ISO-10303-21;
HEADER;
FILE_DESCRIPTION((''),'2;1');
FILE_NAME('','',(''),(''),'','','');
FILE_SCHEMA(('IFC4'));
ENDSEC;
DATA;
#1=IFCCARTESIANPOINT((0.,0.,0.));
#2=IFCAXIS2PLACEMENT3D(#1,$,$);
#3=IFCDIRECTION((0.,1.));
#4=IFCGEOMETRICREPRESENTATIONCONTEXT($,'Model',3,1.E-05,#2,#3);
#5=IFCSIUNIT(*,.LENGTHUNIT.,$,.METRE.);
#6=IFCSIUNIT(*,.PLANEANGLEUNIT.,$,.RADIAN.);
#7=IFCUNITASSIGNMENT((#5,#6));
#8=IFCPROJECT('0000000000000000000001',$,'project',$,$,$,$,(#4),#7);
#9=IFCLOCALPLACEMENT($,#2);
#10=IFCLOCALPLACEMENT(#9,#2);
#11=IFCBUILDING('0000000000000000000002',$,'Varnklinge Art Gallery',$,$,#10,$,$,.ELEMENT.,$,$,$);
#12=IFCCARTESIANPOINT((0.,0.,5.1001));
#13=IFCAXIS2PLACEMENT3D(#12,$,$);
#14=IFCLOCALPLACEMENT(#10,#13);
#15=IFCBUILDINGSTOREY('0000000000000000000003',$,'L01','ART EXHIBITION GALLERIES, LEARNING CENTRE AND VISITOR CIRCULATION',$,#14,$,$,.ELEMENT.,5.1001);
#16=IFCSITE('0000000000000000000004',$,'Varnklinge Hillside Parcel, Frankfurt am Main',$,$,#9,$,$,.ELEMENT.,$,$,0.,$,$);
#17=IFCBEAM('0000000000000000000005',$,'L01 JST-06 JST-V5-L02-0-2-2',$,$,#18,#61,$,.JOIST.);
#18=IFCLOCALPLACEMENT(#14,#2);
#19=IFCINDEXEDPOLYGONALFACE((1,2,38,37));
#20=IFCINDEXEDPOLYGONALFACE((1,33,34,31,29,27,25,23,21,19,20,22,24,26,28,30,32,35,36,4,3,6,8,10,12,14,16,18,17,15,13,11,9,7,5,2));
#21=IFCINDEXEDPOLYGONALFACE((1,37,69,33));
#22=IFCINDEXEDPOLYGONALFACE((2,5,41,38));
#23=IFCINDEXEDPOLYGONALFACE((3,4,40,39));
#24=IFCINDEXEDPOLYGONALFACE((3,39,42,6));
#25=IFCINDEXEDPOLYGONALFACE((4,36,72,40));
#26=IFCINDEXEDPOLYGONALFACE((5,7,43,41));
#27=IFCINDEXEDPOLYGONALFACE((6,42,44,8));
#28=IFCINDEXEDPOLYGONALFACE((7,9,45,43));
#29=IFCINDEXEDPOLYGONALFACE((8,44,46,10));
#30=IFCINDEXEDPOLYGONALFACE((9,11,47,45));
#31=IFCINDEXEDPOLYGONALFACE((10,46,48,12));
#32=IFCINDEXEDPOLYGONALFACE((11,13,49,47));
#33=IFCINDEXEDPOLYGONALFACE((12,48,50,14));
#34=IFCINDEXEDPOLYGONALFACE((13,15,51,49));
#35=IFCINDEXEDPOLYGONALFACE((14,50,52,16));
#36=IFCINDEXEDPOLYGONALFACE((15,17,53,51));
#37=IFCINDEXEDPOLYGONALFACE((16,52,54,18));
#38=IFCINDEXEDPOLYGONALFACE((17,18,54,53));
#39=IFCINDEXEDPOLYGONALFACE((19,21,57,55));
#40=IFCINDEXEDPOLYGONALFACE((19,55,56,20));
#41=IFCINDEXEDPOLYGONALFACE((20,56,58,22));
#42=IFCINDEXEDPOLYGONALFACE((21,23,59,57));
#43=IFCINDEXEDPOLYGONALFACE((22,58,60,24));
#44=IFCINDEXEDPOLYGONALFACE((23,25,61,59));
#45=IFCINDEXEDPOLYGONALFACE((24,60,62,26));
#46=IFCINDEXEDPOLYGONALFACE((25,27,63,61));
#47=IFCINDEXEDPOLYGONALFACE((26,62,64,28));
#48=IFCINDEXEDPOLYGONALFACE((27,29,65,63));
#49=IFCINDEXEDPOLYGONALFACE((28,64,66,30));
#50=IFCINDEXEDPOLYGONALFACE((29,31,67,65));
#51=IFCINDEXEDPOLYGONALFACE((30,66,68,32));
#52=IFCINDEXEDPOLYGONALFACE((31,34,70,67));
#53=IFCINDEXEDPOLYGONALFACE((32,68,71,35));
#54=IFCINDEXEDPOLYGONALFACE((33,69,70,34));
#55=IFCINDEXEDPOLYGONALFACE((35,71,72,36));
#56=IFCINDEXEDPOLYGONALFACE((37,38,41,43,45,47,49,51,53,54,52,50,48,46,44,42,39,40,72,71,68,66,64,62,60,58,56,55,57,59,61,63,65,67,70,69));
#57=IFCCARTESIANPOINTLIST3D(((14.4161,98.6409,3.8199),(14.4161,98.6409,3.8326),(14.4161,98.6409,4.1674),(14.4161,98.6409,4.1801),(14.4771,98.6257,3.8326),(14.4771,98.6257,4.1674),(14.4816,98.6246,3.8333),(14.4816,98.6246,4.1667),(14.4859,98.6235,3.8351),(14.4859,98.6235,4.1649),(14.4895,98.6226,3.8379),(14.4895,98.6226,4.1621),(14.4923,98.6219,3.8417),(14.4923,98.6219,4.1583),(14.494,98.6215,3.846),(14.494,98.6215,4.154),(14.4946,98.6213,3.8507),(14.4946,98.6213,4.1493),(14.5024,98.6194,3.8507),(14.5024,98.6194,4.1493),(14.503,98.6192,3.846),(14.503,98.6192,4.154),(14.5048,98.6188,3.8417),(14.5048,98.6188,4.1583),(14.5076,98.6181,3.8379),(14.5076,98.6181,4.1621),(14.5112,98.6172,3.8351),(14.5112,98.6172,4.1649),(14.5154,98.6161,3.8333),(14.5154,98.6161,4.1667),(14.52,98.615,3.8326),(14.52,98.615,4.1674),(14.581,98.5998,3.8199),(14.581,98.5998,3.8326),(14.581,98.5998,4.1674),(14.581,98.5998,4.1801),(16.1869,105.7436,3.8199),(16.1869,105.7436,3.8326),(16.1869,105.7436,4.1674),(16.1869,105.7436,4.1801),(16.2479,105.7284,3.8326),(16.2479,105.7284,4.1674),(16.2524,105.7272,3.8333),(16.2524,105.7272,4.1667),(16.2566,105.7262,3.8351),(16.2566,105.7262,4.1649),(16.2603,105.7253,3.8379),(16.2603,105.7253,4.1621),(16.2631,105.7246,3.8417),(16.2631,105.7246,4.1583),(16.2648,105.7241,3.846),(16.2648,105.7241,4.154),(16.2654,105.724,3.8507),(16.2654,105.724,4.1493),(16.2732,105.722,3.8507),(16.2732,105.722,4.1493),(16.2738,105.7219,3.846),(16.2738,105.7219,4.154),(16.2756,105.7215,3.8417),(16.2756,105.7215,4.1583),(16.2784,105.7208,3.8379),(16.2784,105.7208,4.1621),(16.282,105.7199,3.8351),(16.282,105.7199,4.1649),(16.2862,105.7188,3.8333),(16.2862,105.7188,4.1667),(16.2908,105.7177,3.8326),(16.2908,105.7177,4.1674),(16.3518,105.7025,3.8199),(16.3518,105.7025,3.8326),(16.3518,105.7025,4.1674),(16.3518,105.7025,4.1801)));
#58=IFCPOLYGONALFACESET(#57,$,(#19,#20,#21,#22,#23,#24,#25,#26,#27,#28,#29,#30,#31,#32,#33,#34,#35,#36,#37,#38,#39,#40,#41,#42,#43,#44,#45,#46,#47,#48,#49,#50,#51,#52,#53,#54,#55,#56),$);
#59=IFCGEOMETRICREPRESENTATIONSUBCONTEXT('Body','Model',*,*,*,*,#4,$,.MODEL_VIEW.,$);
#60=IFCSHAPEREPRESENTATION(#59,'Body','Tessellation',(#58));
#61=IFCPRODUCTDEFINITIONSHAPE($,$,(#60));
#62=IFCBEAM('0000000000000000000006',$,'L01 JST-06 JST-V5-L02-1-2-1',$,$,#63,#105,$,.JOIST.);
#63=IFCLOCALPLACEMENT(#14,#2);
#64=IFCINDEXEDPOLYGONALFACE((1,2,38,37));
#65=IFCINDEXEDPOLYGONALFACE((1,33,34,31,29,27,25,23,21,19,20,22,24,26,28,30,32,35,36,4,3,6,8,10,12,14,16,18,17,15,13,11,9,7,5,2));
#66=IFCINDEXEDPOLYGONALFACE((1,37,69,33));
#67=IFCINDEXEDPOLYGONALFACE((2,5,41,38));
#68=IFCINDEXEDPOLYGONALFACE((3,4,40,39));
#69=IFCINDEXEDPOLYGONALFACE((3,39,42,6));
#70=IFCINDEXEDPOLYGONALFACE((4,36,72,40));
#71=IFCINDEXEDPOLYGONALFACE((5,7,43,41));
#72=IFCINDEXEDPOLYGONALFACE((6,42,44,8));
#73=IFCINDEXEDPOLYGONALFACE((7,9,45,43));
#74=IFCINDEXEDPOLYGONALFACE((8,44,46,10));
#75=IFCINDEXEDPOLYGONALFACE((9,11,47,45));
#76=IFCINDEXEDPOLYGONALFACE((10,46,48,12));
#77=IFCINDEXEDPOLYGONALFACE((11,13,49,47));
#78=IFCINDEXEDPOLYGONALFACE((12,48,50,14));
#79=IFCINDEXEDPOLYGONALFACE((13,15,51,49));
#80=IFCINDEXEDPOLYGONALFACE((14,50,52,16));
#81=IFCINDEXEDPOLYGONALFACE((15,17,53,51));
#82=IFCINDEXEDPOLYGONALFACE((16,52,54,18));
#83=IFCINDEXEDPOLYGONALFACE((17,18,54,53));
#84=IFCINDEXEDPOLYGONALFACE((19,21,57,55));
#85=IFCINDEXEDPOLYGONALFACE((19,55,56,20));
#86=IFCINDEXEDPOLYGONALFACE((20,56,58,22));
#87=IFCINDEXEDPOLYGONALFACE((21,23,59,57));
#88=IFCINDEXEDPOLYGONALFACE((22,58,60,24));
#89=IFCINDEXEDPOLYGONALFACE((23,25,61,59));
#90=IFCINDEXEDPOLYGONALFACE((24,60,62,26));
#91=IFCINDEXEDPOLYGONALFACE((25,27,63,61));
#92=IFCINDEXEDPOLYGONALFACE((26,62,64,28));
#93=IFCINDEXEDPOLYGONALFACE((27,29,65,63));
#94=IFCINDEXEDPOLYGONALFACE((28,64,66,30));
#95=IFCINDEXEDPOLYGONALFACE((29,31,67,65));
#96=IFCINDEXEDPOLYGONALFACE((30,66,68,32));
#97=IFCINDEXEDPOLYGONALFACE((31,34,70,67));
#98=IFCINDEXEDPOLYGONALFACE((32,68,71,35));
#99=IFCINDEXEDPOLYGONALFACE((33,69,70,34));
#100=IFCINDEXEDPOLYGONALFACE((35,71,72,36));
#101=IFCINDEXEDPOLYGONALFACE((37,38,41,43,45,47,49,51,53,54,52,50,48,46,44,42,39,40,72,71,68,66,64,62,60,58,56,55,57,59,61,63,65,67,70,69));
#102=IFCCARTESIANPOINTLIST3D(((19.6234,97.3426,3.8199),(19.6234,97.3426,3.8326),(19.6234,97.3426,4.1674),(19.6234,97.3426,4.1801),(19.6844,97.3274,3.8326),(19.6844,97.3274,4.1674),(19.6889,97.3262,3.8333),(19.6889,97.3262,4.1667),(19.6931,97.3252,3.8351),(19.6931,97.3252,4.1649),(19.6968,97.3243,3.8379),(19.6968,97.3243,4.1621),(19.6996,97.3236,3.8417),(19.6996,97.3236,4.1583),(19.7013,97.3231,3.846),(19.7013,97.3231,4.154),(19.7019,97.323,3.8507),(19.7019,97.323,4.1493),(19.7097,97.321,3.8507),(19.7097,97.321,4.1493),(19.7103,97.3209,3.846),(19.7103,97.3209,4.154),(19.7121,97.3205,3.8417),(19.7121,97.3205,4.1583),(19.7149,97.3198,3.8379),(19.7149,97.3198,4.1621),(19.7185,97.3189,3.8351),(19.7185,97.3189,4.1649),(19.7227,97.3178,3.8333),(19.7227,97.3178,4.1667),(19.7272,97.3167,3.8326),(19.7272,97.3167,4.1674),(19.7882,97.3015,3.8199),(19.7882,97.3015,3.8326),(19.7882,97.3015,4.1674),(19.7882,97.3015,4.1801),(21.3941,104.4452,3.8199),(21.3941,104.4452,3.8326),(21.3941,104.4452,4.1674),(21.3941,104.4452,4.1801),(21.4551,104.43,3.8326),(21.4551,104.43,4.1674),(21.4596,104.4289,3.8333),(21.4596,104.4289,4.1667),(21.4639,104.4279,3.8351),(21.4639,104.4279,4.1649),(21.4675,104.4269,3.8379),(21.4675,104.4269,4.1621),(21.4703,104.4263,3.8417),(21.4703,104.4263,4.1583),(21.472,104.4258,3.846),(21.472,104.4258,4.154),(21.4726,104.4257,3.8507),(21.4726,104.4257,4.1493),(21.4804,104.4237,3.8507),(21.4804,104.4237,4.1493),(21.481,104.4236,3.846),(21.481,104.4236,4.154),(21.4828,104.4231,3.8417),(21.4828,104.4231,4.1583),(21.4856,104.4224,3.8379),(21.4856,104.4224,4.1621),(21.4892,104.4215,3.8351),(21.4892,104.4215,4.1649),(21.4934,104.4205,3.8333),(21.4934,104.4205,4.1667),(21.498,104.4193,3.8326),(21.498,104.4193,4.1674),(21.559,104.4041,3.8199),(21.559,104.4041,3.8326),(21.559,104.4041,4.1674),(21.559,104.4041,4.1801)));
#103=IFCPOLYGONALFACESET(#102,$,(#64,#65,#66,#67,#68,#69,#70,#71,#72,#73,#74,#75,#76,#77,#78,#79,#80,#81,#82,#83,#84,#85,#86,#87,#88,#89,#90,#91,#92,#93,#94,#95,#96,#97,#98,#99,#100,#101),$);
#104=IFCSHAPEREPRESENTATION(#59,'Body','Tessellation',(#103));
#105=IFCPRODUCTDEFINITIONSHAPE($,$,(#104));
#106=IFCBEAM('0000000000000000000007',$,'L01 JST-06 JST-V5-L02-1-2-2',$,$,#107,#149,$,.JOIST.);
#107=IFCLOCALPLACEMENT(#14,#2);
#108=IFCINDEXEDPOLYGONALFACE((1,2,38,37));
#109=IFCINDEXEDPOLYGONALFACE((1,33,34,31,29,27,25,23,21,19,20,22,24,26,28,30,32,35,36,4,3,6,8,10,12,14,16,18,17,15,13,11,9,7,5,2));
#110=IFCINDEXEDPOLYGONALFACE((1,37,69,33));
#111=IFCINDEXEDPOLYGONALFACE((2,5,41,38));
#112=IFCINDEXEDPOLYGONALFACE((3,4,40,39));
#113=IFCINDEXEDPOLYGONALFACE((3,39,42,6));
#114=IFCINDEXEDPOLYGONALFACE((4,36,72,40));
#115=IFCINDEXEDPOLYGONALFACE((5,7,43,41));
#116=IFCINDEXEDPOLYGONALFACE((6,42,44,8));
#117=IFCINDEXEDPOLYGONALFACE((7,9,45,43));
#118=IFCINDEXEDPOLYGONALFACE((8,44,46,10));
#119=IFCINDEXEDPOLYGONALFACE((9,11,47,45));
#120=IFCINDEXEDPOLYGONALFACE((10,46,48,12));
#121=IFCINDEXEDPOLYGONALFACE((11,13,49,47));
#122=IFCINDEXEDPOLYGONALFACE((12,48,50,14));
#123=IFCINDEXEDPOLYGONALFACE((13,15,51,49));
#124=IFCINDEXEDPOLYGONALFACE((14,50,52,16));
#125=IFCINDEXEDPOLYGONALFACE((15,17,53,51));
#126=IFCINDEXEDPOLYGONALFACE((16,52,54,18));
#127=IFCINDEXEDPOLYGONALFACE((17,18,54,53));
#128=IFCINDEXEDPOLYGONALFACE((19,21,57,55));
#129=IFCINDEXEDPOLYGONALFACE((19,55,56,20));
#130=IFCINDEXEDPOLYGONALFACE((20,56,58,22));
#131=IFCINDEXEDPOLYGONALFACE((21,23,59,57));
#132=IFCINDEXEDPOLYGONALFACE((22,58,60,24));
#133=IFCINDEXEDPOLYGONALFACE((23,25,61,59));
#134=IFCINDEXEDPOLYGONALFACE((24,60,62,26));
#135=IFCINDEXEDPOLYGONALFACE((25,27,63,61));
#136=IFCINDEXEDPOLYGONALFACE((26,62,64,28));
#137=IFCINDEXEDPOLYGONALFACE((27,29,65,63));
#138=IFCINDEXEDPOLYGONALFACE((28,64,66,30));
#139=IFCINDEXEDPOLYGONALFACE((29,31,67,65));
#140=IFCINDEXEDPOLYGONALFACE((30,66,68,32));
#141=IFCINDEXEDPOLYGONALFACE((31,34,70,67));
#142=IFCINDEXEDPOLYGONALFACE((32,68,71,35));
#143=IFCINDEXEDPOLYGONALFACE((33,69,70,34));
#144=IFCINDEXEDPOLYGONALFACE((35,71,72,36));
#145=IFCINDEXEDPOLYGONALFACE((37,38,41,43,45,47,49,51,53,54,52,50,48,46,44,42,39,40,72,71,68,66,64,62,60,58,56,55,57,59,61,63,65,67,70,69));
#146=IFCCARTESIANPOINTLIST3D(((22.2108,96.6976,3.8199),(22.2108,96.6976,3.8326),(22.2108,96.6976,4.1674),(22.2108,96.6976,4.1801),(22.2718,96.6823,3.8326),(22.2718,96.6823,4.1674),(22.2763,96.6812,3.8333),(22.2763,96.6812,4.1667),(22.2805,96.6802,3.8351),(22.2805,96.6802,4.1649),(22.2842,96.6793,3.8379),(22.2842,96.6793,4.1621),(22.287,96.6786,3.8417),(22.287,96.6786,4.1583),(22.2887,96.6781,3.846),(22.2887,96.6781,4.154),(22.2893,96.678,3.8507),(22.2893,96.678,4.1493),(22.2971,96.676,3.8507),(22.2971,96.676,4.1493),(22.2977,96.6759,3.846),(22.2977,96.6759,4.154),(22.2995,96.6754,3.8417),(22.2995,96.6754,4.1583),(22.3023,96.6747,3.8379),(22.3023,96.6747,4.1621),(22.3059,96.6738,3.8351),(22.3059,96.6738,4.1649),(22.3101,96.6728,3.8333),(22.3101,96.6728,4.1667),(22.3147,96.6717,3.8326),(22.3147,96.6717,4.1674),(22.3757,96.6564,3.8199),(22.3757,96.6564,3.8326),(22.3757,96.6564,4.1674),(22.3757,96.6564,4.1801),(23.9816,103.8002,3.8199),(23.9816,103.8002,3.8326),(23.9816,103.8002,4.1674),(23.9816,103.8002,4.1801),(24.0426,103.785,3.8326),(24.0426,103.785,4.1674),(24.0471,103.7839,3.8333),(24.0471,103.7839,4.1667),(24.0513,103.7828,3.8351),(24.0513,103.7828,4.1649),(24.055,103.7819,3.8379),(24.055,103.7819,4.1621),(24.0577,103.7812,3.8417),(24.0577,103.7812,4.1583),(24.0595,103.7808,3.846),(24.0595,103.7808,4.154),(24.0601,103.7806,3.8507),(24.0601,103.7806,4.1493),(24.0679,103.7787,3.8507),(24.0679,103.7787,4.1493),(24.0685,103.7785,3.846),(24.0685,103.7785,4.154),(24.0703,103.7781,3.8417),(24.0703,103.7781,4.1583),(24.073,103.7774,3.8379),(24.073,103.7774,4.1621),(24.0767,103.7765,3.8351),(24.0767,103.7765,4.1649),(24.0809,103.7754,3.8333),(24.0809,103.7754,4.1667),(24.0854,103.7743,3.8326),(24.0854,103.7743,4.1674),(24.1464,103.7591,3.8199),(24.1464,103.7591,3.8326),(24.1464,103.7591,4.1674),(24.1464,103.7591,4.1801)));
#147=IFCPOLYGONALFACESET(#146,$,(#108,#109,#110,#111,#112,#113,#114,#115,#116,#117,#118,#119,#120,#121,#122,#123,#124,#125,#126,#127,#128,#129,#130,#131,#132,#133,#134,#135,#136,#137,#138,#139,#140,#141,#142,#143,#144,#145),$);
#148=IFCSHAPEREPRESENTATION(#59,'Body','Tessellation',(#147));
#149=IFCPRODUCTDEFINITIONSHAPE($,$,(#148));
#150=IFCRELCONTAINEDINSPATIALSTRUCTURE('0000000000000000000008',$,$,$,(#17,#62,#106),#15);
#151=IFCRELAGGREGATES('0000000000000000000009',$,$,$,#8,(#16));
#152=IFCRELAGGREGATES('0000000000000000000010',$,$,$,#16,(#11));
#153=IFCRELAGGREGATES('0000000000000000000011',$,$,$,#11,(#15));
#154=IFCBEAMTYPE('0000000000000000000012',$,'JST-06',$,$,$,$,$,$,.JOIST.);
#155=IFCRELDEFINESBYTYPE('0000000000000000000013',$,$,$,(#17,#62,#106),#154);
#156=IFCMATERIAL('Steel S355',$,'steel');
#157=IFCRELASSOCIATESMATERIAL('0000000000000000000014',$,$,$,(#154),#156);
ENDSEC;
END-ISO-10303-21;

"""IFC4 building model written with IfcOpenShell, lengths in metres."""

from ifc_helpers import new_model, si_unit, direction, frame, origin, origin_2d, place, context, subcontext, project, spatial, i_section, extrude, material, material_profile, profile_set, type_object, element, save


model = new_model("IFC4")

# Units and contexts
model_context = context("Model", 3, precision=1e-05, world=origin(), true_north=direction((0.0, 1.0)))
body_context = subcontext(model_context, "Body", "Model", "MODEL_VIEW")
ifc_project = project(units=[si_unit("LENGTHUNIT", "METRE"), si_unit("PLANEANGLEUNIT", "RADIAN")], contexts=[model_context])

# Site, building, storey
site_placement = place(None, origin())
site = spatial("IfcSite", under=ifc_project, at=site_placement, Name="Varnklinge Hillside Parcel, Frankfurt am Main", CompositionType="ELEMENT", RefElevation=0.0)
building_placement = place(site_placement, origin())
building = spatial("IfcBuilding", under=site, at=building_placement, Name="Varnklinge Art Gallery", CompositionType="ELEMENT")
storey_placement = place(building_placement, frame((0.0, 0.0, 5.1001)))
storey = spatial("IfcBuildingStorey", under=building, at=storey_placement, Name="L01", Description="ART EXHIBITION GALLERIES, LEARNING CENTRE AND VISITOR CIRCULATION", CompositionType="ELEMENT", Elevation=5.1001)

# Beams
ifc_material_1 = material(Name="Steel S355", Category="steel")
ifc_material_profile_1 = material_profile(ifc_material_1, i_section(OverallWidth=0.1699, OverallDepth=0.3601, WebThickness=0.0081, FlangeThickness=0.0127, FilletRadius=0.0181, at=origin_2d()), Name="IPE 360")
ifc_profile_set_1 = profile_set([ifc_material_profile_1], Name="Steel S355")
beam_type_1 = type_object("IfcBeamType", Name="JST-06", PredefinedType="JOIST", material=ifc_profile_set_1)
for number, where, z_axis, x_axis, name in (
    (1, (14.4985, 98.6204, 4.0), (0.241908, 0.970299, 0.0), (-0.970299, 0.241908, 0.0), "L01 JST-06 JST-V5-L02-0-2-2"),
    (2, (19.7058, 97.322, 4.0), (0.2419, 0.970301, 0.0), (-0.970301, 0.2419, 0.0), "L01 JST-06 JST-V5-L02-1-2-1"),
    (3, (22.2932, 96.677, 4.0), (0.241908, 0.970299, 0.0), (-0.970299, 0.241908, 0.0), "L01 JST-06 JST-V5-L02-1-2-2"),
):
    element("IfcBeam", number, at=place(storey_placement, frame(where, z_axis=z_axis, x_axis=x_axis)), inside=storey, type_object=beam_type_1, Name=name, PredefinedType="JOIST", context=body_context, shape_type="SweptSolid", body=[
        extrude(i_section(OverallWidth=0.1699, OverallDepth=0.3601, WebThickness=0.0081, FlangeThickness=0.0127, FilletRadius=0.0181, at=origin_2d()), origin(), (0.0, 0.0, 1.0), 7.3201),
    ])

save(model, "model.ifc")
